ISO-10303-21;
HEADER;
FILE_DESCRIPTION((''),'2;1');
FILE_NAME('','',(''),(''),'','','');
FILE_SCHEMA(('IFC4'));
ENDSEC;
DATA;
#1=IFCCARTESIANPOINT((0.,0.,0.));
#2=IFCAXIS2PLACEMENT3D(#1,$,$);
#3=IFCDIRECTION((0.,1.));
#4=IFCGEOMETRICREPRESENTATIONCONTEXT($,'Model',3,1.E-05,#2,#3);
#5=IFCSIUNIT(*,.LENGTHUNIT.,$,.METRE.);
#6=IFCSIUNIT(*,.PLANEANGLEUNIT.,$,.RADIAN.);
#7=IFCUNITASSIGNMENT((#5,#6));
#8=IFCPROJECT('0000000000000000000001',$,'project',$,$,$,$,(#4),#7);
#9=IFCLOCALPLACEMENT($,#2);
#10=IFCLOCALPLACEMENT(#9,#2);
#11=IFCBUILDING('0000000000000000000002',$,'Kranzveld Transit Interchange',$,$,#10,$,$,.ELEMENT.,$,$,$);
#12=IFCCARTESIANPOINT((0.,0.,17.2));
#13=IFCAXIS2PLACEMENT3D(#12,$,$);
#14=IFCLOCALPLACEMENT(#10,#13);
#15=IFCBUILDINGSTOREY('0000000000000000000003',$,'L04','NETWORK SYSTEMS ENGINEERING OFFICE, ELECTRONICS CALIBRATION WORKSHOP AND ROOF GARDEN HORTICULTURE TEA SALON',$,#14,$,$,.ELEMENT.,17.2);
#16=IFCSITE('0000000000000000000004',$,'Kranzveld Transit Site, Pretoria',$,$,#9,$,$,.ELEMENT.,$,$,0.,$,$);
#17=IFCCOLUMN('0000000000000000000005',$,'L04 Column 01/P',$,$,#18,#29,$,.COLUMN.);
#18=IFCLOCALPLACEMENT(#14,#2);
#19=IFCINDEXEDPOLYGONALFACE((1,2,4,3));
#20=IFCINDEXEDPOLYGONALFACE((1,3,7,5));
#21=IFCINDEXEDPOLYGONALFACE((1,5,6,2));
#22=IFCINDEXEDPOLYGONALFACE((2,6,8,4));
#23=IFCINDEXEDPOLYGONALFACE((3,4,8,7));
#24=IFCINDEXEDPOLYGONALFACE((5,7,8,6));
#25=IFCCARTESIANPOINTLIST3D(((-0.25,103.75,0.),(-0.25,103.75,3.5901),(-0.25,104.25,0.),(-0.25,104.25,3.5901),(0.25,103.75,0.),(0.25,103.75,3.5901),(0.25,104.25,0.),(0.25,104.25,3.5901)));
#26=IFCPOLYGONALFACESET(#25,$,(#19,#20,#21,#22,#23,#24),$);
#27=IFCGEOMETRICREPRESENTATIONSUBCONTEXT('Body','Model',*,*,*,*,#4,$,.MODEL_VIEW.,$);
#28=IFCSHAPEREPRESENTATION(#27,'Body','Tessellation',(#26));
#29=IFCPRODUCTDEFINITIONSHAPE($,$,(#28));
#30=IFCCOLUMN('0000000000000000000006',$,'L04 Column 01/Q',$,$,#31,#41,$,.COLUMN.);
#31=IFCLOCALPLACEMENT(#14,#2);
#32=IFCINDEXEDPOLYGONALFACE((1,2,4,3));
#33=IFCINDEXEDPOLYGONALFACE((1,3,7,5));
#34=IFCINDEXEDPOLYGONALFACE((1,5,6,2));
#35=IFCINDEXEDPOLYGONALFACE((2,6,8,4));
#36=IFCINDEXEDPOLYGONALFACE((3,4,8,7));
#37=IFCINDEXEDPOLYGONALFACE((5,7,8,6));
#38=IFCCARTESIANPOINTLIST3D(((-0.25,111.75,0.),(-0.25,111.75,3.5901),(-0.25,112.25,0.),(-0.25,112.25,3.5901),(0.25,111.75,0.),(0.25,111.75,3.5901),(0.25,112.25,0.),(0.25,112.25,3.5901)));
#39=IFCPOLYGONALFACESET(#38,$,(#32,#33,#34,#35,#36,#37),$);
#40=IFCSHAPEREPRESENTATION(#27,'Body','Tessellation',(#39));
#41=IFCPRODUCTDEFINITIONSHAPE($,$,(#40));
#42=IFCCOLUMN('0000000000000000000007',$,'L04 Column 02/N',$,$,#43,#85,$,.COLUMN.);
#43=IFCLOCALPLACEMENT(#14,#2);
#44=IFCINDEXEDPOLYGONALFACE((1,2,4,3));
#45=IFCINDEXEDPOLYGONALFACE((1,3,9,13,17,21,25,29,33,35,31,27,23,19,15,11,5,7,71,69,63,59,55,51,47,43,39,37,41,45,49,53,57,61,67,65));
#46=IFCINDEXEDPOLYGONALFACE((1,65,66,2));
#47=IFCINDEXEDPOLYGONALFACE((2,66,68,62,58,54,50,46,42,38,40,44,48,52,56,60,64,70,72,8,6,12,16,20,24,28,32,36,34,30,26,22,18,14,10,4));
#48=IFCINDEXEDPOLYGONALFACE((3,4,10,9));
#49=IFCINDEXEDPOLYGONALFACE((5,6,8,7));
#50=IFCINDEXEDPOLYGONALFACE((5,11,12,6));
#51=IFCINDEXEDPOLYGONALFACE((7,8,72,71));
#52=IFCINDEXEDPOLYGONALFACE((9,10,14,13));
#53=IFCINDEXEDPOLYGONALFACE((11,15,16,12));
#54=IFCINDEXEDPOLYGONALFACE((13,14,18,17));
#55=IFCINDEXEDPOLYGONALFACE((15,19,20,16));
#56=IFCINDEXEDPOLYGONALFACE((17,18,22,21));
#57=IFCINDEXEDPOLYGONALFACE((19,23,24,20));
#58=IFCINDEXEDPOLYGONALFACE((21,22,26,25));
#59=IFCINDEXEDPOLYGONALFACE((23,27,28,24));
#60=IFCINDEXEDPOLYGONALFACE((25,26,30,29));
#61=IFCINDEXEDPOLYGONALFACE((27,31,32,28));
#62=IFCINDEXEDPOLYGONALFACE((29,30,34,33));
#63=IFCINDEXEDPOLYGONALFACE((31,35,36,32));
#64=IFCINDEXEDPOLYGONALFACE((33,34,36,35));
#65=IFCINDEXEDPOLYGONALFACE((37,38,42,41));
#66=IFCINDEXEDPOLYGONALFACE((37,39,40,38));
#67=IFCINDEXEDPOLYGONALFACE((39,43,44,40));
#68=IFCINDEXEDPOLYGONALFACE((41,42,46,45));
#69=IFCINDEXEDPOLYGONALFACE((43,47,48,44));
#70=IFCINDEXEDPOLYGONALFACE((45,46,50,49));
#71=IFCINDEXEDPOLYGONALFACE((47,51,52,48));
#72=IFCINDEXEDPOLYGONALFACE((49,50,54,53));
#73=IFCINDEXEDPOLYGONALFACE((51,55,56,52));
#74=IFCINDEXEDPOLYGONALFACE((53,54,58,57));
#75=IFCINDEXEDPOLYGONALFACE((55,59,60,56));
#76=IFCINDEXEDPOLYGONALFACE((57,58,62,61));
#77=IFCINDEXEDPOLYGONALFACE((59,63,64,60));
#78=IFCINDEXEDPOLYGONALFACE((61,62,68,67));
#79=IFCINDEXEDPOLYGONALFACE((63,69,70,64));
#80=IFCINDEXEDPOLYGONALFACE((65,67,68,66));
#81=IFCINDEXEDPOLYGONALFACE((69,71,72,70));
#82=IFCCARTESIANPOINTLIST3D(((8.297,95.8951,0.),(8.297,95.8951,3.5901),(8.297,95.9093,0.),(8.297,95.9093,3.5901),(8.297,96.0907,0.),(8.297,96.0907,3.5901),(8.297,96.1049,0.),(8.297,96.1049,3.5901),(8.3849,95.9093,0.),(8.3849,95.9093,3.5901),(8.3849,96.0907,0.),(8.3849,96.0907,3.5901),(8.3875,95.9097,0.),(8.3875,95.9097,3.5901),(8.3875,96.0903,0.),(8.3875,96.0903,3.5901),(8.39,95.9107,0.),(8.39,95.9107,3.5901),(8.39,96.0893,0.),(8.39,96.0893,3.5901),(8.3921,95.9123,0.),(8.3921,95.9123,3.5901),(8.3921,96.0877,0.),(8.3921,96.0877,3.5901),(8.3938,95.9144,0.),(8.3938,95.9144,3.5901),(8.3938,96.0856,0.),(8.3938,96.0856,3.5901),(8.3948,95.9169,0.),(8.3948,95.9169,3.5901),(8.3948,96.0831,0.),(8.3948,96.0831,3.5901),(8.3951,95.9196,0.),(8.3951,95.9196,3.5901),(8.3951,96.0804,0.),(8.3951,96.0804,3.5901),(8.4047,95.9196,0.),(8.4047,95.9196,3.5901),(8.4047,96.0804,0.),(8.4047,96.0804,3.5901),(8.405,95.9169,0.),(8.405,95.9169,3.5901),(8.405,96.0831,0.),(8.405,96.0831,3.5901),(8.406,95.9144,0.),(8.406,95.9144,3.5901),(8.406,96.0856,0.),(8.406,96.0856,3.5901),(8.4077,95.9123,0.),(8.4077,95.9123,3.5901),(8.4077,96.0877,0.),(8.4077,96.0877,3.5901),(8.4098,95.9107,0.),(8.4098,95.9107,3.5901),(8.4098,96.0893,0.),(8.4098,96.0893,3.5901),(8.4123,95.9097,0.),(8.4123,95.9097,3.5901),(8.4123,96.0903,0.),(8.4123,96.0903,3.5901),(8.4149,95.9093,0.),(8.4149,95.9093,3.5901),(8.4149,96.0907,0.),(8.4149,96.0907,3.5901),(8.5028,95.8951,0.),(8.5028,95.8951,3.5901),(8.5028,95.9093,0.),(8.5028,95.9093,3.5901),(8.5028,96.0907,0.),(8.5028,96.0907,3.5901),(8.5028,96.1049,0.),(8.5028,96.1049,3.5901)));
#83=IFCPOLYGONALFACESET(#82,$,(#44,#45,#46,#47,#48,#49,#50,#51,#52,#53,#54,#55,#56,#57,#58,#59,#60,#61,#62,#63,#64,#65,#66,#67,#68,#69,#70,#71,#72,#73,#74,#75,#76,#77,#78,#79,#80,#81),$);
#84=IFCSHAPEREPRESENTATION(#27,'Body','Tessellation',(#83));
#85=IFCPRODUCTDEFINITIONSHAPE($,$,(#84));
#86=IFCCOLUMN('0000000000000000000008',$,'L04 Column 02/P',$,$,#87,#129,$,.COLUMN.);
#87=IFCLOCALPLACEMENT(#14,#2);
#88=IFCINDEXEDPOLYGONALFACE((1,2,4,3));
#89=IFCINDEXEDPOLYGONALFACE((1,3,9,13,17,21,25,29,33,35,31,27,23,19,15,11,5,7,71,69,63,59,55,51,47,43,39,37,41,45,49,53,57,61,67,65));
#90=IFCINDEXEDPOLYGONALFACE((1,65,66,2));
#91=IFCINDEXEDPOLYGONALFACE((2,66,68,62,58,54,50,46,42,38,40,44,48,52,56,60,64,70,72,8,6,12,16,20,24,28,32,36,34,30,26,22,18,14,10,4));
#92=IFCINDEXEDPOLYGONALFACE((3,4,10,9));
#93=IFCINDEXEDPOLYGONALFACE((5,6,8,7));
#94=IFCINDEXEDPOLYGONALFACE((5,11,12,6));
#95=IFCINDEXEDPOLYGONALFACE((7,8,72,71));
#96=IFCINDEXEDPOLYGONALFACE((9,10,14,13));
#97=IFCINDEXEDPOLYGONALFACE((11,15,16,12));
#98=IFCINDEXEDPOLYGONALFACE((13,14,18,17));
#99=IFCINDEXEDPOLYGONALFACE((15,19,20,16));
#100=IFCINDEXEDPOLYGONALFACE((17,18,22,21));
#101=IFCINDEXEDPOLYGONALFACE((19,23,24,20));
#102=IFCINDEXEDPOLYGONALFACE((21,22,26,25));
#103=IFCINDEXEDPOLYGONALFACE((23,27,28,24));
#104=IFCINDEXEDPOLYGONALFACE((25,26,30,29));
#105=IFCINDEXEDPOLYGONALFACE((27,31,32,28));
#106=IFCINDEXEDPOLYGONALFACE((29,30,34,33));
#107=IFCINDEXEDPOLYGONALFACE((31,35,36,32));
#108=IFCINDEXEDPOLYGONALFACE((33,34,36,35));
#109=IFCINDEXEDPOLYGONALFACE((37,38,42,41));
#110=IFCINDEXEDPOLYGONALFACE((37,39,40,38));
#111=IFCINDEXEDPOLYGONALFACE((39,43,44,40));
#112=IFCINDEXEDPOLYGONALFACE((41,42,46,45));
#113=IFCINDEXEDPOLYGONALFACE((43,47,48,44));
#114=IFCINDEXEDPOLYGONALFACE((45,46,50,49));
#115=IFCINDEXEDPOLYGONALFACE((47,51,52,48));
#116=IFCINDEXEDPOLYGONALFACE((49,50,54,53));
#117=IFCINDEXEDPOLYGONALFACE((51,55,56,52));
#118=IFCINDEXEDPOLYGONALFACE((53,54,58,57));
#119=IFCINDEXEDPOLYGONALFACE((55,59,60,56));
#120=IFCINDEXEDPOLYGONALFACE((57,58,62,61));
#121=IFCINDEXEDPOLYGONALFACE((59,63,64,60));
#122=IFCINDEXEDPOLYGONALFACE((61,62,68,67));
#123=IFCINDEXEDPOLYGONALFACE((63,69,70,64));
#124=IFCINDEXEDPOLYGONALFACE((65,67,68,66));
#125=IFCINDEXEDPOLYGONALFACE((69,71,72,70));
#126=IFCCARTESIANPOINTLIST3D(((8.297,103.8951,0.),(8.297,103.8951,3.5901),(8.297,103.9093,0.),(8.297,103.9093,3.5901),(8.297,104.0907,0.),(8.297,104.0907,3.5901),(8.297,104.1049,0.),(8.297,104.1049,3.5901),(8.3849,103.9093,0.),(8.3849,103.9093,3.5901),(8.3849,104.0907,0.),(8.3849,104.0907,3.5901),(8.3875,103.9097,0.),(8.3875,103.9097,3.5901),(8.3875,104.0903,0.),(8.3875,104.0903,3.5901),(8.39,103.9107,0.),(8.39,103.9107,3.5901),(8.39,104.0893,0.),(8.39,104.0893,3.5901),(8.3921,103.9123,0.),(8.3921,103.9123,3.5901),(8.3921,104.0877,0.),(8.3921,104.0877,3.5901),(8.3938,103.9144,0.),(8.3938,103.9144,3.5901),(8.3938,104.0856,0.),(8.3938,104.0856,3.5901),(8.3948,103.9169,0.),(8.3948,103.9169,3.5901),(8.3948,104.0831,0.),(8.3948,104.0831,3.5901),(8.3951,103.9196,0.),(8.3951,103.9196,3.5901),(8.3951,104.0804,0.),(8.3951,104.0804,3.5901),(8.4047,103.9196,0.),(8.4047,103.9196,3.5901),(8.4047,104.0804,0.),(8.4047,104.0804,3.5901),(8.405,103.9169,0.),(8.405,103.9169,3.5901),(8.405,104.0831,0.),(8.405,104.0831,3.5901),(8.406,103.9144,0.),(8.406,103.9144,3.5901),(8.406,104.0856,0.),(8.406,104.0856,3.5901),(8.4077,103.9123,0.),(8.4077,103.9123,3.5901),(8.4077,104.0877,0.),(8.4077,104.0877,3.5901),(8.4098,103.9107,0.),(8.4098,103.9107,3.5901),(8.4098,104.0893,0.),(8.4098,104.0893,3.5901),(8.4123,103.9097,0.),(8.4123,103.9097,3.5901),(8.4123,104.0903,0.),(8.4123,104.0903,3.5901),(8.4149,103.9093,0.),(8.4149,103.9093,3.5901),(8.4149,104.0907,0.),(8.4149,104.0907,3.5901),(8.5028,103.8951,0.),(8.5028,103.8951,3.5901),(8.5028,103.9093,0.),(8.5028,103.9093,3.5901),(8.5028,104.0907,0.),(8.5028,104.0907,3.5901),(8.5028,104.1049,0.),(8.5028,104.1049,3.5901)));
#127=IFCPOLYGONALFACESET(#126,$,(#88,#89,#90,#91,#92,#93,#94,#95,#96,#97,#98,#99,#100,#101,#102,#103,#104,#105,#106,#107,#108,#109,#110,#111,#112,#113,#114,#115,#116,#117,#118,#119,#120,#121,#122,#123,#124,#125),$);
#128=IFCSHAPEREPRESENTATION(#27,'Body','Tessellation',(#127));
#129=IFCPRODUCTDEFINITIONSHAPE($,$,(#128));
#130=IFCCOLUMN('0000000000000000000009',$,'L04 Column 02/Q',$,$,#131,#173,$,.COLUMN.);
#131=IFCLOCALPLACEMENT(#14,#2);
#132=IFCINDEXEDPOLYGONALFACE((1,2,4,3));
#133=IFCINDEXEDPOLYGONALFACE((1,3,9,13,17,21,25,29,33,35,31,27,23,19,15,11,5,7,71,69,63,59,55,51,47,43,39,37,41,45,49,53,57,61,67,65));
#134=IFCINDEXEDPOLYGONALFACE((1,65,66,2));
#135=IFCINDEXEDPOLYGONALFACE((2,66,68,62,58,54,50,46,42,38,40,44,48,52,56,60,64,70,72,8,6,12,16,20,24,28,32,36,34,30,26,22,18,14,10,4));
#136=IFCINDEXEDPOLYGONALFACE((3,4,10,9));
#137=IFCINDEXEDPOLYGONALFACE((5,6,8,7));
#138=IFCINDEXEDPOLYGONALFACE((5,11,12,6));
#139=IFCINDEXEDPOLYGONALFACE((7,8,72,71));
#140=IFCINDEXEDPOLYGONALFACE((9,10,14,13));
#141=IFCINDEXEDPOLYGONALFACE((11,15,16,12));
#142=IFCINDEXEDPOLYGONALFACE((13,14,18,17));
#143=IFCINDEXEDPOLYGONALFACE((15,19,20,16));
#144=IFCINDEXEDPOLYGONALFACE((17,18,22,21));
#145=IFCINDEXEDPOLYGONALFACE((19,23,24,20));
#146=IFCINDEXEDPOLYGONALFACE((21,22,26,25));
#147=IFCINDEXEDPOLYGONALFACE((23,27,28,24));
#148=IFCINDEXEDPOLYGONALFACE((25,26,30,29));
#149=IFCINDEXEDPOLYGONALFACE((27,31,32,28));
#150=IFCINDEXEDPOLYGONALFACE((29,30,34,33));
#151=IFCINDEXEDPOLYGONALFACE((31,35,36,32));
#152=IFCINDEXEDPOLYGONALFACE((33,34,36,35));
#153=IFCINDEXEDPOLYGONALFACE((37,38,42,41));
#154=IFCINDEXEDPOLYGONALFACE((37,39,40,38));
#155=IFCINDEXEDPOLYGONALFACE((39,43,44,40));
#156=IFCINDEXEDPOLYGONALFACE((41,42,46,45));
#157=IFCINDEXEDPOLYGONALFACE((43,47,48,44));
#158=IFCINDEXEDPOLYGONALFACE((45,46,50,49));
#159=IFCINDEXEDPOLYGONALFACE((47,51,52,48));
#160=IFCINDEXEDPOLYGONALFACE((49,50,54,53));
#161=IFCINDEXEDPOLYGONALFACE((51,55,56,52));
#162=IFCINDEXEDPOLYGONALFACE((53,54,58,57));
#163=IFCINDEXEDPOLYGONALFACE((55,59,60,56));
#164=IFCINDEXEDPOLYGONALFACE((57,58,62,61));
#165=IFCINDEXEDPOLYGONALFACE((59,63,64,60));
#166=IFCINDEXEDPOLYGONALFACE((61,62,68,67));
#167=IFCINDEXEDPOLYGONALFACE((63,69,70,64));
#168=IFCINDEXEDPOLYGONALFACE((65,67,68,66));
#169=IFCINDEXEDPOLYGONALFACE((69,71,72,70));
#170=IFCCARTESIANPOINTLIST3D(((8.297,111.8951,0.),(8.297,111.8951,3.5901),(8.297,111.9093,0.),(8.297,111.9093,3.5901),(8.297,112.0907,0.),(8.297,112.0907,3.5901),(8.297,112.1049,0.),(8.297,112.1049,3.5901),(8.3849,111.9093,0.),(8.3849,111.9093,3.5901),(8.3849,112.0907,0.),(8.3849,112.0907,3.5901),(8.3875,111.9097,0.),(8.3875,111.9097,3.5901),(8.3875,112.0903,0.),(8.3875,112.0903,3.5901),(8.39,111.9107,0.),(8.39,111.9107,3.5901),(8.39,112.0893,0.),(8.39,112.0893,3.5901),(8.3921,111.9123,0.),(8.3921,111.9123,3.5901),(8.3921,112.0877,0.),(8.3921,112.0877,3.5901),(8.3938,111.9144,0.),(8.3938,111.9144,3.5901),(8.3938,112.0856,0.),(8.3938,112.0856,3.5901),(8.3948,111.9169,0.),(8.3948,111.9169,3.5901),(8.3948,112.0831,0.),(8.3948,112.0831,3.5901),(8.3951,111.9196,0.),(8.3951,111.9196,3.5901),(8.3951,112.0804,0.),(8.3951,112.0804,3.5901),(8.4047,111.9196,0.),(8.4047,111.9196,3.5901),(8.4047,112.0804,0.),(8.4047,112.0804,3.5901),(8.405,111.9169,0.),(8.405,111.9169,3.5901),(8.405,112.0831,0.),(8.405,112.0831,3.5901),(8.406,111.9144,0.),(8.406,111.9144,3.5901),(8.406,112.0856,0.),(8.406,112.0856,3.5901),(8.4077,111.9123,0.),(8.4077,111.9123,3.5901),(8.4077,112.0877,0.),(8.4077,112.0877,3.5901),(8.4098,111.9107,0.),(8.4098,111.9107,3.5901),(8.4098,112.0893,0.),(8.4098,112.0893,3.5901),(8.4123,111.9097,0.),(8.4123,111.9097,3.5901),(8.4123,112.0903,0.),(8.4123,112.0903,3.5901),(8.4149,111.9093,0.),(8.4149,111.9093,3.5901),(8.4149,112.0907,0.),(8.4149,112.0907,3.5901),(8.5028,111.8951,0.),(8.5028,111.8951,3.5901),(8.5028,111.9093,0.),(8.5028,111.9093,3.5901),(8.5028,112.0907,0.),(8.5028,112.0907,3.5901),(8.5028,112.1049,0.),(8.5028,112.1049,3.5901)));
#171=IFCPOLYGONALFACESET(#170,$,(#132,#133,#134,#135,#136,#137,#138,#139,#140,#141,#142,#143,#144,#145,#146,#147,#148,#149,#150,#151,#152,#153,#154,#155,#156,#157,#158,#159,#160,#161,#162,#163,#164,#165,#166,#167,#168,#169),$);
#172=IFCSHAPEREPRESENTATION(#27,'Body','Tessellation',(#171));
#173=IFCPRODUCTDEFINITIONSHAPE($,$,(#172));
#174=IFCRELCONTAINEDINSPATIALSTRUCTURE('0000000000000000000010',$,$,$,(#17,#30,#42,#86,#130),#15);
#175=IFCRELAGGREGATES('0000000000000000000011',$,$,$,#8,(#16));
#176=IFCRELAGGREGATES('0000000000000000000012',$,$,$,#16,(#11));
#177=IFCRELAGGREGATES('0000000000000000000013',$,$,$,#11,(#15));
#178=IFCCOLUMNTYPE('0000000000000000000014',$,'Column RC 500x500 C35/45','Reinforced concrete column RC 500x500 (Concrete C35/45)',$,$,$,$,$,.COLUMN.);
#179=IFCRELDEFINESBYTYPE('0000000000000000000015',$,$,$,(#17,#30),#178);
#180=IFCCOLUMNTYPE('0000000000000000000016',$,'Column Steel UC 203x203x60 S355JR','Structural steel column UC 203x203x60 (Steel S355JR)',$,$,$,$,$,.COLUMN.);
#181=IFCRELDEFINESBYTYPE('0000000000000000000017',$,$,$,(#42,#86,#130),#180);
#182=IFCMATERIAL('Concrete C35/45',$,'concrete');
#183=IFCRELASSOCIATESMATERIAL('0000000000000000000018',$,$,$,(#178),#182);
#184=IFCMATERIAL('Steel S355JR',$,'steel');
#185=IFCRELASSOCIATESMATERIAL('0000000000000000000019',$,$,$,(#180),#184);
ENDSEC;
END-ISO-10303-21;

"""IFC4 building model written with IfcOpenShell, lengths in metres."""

from ifc_helpers import new_model, si_unit, direction, frame, origin, origin_2d, place, context, subcontext, project, spatial, rectangle, i_section, extrude, material, material_profile, profile_set, type_object, element, save


model = new_model("IFC4")

# Units and contexts
model_context = context("Model", 3, precision=1e-05, world=origin(), true_north=direction((0.0, 1.0)))
body_context = subcontext(model_context, "Body", "Model", "MODEL_VIEW")
ifc_project = project(units=[si_unit("LENGTHUNIT", "METRE"), si_unit("PLANEANGLEUNIT", "RADIAN")], contexts=[model_context])

# Site, building, storey
site_placement = place(None, origin())
site = spatial("IfcSite", under=ifc_project, at=site_placement, Name="Kranzveld Transit Site, Pretoria", CompositionType="ELEMENT", RefElevation=0.0)
building_placement = place(site_placement, origin())
building = spatial("IfcBuilding", under=site, at=building_placement, Name="Kranzveld Transit Interchange", CompositionType="ELEMENT")
storey_placement = place(building_placement, frame((0.0, 0.0, 17.2)))
storey = spatial("IfcBuildingStorey", under=building, at=storey_placement, Name="L04", Description="NETWORK SYSTEMS ENGINEERING OFFICE, ELECTRONICS CALIBRATION WORKSHOP AND ROOF GARDEN HORTICULTURE TEA SALON", CompositionType="ELEMENT", Elevation=17.2)

# Columns
ifc_material_1 = material(Name="Concrete C35/45", Category="concrete")
ifc_material_profile_1 = material_profile(ifc_material_1, rectangle(XDim=0.5, YDim=0.5, at=origin_2d()), Name="RC 500x500")
ifc_profile_set_1 = profile_set([ifc_material_profile_1], Name="Concrete C35/45")
column_type_1 = type_object("IfcColumnType", Name="Column RC 500x500 C35/45", Description="Reinforced concrete column RC 500x500 (Concrete C35/45)", PredefinedType="COLUMN", material=ifc_profile_set_1)
for number, where, z_axis, x_axis, name in (
    (1, (0.0, 104.0, 0.0), (0.0, 0.0, 1.0), (1.0, 0.0, 0.0), "L04 Column 01/P"),
    (2, (0.0, 112.0, 0.0), (0.0, 0.0, 1.0), (1.0, 0.0, 0.0), "L04 Column 01/Q"),
):
    element("IfcColumn", number, at=place(storey_placement, frame(where, z_axis=z_axis, x_axis=x_axis)), inside=storey, type_object=column_type_1, Name=name, PredefinedType="COLUMN", context=body_context, shape_type="SweptSolid", body=[
        extrude(rectangle(XDim=0.5, YDim=0.5, at=origin_2d()), origin(), (0.0, 0.0, 1.0), 3.5901),
    ])
ifc_material_2 = material(Name="Steel S355JR", Category="steel")
ifc_material_profile_2 = material_profile(ifc_material_2, i_section(OverallWidth=0.2058, OverallDepth=0.2097, WebThickness=0.0095, FlangeThickness=0.0142, FilletRadius=0.0103, at=origin_2d()), Name="UC 203x203x60")
ifc_profile_set_2 = profile_set([ifc_material_profile_2], Name="Steel S355JR")
column_type_2 = type_object("IfcColumnType", Name="Column Steel UC 203x203x60 S355JR", Description="Structural steel column UC 203x203x60 (Steel S355JR)", PredefinedType="COLUMN", material=ifc_profile_set_2)
for number, where, z_axis, x_axis, name in (
    (3, (8.3999, 96.0, 0.0), (0.0, 0.0, 1.0), (1.0, 0.0, 0.0), "L04 Column 02/N"),
    (4, (8.3999, 104.0, 0.0), (0.0, 0.0, 1.0), (1.0, 0.0, 0.0), "L04 Column 02/P"),
    (5, (8.3999, 112.0, 0.0), (0.0, 0.0, 1.0), (1.0, 0.0, 0.0), "L04 Column 02/Q"),
):
    element("IfcColumn", number, at=place(storey_placement, frame(where, z_axis=z_axis, x_axis=x_axis)), inside=storey, type_object=column_type_2, Name=name, PredefinedType="COLUMN", context=body_context, shape_type="SweptSolid", body=[
        extrude(i_section(OverallWidth=0.2058, OverallDepth=0.2097, WebThickness=0.0095, FlangeThickness=0.0142, FilletRadius=0.0103, at=origin_2d()), origin(), (0.0, 0.0, 1.0), 3.5901),
    ])

save(model, "model.ifc")
